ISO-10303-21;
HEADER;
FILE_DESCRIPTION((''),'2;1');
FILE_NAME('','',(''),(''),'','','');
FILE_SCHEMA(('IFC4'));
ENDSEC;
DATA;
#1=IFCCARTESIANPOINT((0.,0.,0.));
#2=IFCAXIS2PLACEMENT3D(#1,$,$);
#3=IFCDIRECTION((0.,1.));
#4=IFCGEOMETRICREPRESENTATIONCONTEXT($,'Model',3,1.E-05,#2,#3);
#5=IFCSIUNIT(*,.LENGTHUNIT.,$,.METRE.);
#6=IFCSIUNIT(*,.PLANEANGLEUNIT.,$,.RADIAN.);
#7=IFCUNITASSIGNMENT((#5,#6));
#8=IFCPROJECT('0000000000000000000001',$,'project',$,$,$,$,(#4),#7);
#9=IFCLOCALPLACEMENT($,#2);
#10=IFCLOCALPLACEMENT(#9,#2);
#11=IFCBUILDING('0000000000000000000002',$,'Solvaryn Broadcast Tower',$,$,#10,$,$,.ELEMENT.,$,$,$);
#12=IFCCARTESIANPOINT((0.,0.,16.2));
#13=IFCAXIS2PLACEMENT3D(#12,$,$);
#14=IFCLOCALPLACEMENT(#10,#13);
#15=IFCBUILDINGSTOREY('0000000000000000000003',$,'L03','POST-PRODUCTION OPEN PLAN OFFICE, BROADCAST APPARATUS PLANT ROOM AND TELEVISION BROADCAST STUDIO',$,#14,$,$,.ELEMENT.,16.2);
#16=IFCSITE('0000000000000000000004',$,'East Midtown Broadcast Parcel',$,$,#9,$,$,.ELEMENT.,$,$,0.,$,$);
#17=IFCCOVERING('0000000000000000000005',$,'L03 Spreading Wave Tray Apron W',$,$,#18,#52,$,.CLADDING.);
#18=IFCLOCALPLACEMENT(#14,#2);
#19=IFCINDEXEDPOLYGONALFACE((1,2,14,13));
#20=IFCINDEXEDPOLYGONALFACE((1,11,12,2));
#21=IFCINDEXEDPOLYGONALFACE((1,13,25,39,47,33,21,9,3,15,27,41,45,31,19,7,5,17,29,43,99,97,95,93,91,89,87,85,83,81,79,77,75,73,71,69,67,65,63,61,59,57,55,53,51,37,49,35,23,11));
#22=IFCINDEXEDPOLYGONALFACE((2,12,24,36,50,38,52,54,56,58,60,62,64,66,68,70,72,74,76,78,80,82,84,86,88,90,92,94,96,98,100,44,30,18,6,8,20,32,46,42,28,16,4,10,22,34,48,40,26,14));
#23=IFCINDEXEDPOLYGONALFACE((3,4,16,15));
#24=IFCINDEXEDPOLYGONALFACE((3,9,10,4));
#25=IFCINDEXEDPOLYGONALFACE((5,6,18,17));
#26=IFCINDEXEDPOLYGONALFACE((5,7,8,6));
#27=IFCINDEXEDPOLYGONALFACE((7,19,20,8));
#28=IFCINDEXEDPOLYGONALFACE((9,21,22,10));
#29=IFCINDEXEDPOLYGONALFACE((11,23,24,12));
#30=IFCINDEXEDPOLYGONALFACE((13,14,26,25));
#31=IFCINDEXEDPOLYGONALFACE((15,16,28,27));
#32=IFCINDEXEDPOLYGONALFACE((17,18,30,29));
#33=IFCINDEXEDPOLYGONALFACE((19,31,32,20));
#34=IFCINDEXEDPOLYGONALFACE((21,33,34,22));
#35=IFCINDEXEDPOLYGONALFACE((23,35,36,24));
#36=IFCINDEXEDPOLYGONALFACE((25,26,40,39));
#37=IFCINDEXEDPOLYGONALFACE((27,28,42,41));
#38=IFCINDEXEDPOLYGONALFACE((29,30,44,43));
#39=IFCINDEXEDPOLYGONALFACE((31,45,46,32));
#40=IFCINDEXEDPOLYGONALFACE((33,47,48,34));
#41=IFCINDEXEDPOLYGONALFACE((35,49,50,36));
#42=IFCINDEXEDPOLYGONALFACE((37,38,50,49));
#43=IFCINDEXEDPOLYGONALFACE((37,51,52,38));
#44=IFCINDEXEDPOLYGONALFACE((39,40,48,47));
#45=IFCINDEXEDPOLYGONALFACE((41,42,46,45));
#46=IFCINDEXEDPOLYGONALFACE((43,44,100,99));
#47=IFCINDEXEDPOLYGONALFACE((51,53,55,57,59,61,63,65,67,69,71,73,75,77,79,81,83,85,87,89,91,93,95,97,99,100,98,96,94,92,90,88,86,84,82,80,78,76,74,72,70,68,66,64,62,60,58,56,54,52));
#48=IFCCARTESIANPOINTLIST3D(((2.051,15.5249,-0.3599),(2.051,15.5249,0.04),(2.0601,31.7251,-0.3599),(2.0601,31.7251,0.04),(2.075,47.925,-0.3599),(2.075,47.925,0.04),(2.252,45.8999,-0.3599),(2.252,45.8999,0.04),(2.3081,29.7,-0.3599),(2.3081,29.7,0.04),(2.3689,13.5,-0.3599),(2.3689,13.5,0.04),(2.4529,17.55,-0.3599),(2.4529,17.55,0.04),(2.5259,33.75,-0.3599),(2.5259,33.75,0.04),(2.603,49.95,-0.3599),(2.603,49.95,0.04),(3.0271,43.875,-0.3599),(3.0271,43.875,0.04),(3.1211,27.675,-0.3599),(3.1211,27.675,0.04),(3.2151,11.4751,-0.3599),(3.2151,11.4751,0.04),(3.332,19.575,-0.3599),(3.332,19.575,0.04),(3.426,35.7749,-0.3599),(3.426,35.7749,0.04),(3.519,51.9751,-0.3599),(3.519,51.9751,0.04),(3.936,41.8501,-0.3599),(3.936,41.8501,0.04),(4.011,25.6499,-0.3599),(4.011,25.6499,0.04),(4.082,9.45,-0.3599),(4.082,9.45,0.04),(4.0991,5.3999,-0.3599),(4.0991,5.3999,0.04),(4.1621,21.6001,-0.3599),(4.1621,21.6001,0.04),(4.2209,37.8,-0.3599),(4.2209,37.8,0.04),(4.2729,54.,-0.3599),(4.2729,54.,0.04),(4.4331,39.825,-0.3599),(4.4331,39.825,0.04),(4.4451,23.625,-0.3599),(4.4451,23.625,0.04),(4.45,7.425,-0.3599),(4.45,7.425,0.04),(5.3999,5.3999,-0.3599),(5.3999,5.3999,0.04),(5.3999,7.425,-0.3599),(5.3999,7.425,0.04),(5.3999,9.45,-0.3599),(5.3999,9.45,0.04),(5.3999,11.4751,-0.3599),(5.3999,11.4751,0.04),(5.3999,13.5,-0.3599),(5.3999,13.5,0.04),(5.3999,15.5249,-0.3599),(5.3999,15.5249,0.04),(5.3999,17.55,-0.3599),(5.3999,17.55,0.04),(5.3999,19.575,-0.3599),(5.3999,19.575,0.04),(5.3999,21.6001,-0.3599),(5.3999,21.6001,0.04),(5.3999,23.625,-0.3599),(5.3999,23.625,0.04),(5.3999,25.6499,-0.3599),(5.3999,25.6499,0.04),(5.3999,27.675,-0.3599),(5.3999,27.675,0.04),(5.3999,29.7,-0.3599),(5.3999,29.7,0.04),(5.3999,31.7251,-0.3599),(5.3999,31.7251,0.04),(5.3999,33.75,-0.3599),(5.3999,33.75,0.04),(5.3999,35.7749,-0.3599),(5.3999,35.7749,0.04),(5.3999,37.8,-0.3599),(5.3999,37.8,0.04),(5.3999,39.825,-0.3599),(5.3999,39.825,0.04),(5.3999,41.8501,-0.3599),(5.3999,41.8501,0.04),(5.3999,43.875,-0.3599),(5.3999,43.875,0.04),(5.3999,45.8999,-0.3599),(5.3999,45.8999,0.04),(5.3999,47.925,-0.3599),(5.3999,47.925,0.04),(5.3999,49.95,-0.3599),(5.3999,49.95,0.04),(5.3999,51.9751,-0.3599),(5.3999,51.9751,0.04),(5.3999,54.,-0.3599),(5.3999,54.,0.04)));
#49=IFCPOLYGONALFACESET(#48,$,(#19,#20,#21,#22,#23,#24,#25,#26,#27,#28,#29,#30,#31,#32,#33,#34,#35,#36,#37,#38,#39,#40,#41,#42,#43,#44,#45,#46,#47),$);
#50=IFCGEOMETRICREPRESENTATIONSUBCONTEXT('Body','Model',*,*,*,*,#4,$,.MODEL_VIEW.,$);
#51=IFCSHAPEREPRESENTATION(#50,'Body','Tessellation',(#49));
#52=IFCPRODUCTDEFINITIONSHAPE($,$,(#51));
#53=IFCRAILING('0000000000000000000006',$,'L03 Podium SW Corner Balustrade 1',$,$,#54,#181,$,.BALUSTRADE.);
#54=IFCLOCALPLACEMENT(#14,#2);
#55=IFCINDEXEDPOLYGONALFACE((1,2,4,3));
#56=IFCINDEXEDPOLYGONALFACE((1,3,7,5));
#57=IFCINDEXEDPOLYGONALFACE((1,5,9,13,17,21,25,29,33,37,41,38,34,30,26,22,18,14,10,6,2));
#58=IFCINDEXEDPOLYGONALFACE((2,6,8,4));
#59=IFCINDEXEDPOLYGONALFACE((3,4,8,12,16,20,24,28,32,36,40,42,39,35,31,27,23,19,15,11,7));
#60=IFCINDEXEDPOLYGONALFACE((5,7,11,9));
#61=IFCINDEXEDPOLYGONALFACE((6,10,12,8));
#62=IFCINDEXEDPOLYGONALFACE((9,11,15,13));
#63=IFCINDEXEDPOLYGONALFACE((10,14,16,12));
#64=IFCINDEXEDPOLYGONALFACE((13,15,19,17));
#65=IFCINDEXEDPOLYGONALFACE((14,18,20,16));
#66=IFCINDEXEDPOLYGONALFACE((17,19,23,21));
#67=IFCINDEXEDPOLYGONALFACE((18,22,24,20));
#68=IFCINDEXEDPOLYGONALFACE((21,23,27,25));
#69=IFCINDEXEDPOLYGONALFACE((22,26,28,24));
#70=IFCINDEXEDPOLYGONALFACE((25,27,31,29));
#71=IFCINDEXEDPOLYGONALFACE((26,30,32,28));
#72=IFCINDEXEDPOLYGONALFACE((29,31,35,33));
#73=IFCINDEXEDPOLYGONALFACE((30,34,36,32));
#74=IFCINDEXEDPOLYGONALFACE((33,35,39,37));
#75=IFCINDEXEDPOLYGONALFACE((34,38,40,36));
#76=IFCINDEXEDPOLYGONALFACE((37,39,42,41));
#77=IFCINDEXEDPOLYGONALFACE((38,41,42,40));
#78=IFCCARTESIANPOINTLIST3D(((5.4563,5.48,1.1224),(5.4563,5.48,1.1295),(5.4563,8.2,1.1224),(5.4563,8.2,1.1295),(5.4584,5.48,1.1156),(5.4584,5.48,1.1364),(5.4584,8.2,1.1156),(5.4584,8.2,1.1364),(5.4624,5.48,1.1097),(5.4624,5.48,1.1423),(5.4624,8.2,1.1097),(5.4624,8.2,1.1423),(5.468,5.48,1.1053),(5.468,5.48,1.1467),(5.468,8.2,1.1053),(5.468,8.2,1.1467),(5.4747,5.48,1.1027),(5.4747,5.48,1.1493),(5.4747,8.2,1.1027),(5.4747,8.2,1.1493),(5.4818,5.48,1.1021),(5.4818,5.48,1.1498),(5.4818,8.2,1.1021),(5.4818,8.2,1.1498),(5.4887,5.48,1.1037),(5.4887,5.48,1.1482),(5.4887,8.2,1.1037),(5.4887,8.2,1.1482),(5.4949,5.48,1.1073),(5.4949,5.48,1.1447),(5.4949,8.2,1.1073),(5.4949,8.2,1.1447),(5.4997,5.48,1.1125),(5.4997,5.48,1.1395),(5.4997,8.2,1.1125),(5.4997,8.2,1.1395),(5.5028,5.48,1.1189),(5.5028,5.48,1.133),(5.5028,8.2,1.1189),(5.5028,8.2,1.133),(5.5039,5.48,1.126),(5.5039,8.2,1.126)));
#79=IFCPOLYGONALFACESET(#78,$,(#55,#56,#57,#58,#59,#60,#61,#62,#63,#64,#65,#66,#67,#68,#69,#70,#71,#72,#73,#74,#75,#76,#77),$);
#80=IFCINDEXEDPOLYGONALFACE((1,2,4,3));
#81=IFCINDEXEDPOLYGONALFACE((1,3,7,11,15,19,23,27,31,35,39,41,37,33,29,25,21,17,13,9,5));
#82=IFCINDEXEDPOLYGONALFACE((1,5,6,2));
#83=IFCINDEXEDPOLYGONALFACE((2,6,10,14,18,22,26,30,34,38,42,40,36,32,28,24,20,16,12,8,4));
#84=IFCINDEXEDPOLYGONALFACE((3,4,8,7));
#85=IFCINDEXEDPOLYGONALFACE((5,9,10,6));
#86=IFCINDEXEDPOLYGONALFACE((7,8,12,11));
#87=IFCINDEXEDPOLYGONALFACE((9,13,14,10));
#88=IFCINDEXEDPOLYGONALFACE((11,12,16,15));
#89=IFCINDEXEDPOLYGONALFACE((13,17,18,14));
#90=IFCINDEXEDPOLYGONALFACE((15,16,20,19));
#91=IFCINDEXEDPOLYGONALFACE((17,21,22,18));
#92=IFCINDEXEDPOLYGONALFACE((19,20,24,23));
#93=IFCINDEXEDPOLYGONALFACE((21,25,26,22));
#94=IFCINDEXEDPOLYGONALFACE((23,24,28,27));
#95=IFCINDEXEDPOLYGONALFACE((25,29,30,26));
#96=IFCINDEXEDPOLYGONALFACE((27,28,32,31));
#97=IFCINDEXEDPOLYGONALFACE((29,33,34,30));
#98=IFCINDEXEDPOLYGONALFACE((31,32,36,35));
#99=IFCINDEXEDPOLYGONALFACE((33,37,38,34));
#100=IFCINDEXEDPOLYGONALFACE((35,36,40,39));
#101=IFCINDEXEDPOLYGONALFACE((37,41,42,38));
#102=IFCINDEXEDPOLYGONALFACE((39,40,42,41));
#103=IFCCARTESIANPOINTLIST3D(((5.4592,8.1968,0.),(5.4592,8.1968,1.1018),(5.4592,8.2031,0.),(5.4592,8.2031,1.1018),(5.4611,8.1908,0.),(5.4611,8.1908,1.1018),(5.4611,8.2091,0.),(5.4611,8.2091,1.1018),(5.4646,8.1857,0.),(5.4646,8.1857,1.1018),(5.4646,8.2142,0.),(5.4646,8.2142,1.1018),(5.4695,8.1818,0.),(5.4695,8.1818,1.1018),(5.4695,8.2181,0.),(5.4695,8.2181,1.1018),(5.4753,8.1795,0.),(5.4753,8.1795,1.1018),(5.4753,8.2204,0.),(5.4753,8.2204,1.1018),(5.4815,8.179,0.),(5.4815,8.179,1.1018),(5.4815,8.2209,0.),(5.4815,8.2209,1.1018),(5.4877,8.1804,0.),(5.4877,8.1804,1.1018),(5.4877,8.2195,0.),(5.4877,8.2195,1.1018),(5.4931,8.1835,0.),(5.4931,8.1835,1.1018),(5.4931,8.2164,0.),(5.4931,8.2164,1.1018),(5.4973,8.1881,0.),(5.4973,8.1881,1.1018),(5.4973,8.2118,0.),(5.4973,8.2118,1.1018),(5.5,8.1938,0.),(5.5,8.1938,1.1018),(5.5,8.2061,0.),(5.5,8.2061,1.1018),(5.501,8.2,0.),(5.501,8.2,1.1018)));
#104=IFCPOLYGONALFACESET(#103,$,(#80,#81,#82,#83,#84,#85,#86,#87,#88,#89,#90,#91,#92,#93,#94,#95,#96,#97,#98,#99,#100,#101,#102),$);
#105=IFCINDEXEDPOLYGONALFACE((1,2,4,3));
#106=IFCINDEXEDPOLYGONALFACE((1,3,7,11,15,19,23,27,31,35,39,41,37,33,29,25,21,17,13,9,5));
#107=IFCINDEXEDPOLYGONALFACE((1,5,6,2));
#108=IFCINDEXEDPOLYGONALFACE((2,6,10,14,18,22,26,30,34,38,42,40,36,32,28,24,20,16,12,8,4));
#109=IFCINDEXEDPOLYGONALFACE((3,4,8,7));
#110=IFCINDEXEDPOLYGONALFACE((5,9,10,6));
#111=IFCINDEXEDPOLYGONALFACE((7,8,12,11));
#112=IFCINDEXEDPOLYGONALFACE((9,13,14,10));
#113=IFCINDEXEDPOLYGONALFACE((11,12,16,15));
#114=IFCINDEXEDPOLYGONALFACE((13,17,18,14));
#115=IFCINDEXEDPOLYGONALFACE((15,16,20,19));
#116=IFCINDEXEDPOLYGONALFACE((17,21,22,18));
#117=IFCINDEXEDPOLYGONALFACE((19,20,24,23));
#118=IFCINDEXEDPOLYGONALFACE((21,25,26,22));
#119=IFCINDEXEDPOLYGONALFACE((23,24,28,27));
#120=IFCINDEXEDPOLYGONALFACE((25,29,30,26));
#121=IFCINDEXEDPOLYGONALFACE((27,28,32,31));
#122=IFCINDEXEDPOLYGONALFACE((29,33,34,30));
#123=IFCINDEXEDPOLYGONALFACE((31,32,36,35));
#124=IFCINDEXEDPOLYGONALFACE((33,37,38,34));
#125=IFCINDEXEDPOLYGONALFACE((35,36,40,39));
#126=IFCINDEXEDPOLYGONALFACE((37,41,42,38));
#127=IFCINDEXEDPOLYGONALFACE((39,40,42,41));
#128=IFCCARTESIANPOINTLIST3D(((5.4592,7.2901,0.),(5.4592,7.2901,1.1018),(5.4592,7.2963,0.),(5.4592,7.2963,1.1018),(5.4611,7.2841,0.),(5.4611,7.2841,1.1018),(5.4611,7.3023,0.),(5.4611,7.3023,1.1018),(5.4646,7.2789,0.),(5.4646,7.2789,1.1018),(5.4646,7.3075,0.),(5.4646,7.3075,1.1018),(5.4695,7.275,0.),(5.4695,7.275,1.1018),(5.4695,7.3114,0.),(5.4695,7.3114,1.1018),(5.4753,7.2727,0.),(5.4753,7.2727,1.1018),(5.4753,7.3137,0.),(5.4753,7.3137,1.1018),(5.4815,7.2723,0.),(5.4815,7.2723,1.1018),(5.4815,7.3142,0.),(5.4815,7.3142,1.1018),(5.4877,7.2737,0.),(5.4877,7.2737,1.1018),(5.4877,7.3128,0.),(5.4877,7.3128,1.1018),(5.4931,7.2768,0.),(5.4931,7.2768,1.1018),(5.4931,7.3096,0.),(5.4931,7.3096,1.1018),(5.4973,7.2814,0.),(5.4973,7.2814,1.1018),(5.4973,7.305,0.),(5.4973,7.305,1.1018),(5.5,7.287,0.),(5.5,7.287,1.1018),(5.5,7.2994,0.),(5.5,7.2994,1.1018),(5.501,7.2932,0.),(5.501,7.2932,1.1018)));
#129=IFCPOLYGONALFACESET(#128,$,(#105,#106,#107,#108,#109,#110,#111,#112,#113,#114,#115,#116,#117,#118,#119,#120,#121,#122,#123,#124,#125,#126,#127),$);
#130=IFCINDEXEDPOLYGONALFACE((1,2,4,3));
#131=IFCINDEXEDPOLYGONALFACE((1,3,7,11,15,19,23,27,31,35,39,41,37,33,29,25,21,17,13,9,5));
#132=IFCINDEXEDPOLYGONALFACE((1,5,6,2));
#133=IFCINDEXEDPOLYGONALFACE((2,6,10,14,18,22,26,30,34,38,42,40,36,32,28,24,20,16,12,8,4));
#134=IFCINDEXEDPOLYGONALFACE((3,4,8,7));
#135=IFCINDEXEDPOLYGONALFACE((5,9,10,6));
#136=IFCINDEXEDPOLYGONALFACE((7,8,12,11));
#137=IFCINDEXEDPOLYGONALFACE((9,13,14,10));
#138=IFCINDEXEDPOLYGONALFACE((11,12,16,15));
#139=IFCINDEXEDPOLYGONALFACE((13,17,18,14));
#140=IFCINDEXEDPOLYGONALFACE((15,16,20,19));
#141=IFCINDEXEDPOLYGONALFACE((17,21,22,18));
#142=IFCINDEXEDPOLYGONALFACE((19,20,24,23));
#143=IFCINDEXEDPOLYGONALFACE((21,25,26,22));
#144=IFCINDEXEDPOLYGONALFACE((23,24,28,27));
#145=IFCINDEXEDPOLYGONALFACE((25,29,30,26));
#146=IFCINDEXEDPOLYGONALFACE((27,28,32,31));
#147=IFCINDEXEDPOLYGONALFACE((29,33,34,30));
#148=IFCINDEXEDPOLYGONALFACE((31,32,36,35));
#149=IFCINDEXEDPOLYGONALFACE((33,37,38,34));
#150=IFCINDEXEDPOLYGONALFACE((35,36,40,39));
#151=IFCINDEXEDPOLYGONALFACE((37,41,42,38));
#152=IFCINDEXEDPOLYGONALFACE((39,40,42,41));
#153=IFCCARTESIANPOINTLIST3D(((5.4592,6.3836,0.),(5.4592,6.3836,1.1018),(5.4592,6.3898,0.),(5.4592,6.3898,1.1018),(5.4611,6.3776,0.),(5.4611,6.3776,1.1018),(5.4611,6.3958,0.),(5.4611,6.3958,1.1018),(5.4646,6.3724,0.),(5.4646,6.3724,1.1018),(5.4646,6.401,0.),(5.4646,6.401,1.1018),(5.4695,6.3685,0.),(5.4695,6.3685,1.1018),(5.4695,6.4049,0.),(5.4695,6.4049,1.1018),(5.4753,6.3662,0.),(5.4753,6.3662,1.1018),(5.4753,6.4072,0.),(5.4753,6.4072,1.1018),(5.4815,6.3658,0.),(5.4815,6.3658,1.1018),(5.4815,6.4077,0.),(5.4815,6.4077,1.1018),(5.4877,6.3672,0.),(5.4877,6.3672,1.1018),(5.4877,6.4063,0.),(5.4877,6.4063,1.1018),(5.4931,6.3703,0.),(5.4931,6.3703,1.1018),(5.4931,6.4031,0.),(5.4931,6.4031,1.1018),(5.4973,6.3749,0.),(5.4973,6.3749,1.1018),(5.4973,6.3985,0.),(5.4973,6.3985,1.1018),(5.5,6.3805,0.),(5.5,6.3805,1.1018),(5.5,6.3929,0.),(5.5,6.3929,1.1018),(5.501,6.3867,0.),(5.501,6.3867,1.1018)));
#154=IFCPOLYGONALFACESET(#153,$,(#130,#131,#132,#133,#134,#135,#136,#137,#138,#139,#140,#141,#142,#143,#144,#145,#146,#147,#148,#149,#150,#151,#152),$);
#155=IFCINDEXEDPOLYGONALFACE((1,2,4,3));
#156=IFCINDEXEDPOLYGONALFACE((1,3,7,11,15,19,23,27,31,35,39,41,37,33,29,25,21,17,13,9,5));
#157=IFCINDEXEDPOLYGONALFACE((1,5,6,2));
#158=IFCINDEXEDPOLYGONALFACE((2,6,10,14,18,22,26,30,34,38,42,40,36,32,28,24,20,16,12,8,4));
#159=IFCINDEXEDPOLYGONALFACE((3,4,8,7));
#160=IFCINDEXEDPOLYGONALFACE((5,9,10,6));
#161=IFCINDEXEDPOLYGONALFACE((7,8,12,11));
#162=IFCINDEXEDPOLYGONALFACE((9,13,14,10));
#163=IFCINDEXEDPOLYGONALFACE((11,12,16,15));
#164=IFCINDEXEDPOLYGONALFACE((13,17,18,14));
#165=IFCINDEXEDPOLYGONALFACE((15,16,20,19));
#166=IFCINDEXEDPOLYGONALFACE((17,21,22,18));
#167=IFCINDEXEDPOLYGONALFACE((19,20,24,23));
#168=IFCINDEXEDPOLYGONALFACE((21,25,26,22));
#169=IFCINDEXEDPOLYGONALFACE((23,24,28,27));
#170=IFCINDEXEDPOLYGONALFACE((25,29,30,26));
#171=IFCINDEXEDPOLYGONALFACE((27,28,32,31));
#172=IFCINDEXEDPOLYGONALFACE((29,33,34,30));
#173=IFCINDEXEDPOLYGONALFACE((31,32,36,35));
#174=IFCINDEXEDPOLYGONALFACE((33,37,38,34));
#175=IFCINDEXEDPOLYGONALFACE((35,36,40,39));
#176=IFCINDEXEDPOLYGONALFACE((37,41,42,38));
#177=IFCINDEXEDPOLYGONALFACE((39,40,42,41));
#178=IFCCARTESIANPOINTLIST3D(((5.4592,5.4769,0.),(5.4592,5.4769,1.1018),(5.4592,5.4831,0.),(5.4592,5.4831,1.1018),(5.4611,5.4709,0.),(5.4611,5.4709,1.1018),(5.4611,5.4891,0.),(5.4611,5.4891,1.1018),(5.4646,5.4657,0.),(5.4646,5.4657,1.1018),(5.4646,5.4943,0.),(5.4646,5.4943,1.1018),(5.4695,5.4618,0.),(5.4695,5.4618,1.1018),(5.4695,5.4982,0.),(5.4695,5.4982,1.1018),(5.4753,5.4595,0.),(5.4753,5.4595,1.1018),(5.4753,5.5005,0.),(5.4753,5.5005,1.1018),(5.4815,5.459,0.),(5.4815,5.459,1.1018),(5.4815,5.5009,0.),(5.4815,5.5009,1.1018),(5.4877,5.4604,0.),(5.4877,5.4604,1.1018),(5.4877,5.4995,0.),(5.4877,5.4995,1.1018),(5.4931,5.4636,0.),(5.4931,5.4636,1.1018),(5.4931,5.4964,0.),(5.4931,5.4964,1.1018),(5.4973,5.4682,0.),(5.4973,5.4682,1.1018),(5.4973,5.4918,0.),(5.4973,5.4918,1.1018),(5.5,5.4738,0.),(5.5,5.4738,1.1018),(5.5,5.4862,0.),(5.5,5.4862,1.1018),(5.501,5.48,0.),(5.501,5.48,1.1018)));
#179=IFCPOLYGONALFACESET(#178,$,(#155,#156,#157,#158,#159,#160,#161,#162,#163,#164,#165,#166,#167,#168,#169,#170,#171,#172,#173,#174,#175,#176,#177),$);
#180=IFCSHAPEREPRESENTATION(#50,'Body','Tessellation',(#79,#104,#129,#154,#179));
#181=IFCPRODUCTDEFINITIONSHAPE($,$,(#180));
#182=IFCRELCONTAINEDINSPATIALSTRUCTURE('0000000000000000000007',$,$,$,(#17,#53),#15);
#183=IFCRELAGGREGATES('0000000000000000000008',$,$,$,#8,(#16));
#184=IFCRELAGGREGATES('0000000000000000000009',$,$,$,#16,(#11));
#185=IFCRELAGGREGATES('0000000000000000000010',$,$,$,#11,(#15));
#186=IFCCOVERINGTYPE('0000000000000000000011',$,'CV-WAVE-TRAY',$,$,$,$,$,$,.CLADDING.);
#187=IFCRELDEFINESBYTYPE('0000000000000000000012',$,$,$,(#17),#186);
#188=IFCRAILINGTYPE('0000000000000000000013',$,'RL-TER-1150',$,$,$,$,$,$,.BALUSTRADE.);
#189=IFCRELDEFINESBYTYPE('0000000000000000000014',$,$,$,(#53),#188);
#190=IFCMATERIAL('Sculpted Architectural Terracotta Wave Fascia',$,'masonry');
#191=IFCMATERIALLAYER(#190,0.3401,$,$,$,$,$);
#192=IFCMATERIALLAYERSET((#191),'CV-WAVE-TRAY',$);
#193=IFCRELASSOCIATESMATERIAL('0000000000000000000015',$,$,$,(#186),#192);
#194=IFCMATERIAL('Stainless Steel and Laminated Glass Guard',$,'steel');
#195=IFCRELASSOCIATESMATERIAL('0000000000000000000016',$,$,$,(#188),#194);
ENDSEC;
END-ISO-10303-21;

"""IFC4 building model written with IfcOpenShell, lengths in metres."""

from ifc_helpers import new_model, si_unit, direction, frame, origin, origin_2d, place, context, subcontext, project, spatial, polyline, circle, outline, extrude, material, layer, layer_set, type_object, element, save


model = new_model("IFC4")

# Units and contexts
model_context = context("Model", 3, precision=1e-05, world=origin(), true_north=direction((0.0, 1.0)))
body_context = subcontext(model_context, "Body", "Model", "MODEL_VIEW")
ifc_project = project(units=[si_unit("LENGTHUNIT", "METRE"), si_unit("PLANEANGLEUNIT", "RADIAN")], contexts=[model_context])

# Site, building, storey
site_placement = place(None, origin())
site = spatial("IfcSite", under=ifc_project, at=site_placement, Name="East Midtown Broadcast Parcel", CompositionType="ELEMENT", RefElevation=0.0)
building_placement = place(site_placement, origin())
building = spatial("IfcBuilding", under=site, at=building_placement, Name="Solvaryn Broadcast Tower", CompositionType="ELEMENT")
storey_placement = place(building_placement, frame((0.0, 0.0, 16.2)))
storey = spatial("IfcBuildingStorey", under=building, at=storey_placement, Name="L03", Description="POST-PRODUCTION OPEN PLAN OFFICE, BROADCAST APPARATUS PLANT ROOM AND TELEVISION BROADCAST STUDIO", CompositionType="ELEMENT", Elevation=16.2)

# Covering
ifc_material_1 = material(Name="Sculpted Architectural Terracotta Wave Fascia", Category="masonry")
ifc_layer_1 = layer(ifc_material_1, 0.3401)
ifc_layer_set_1 = layer_set([ifc_layer_1], Name="CV-WAVE-TRAY")
covering_type_1 = type_object("IfcCoveringType", Name="CV-WAVE-TRAY", PredefinedType="CLADDING", material=ifc_layer_set_1)
covering_1_placement = place(storey_placement, frame((0.0, 0.0, -0.3599)))
element("IfcCovering", 1, at=covering_1_placement, inside=storey, type_object=covering_type_1, Name="L03 Spreading Wave Tray Apron W", PredefinedType="CLADDING", context=body_context, shape_type="SweptSolid", body=[
    extrude(outline(polyline([(5.3999, 5.3999), (5.3999, 7.425), (5.3999, 9.45), (5.3999, 11.4751), (5.3999, 13.5), (5.3999, 15.5249), (5.3999, 17.55), (5.3999, 19.575), (5.3999, 21.6001), (5.3999, 23.625), (5.3999, 25.6499), (5.3999, 27.675), (5.3999, 29.7), (5.3999, 31.7251), (5.3999, 33.75), (5.3999, 35.7749), (5.3999, 37.8), (5.3999, 39.825), (5.3999, 41.8501), (5.3999, 43.875), (5.3999, 45.8999), (5.3999, 47.925), (5.3999, 49.95), (5.3999, 51.9751), (5.3999, 54.0), (4.2729, 54.0), (3.519, 51.9751), (2.603, 49.95), (2.075, 47.925), (2.252, 45.8999), (3.0271, 43.875), (3.936, 41.8501), (4.4331, 39.825), (4.2209, 37.8), (3.426, 35.7749), (2.5259, 33.75), (2.0601, 31.7251), (2.3081, 29.7), (3.1211, 27.675), (4.011, 25.6499), (4.4451, 23.625), (4.1621, 21.6001), (3.332, 19.575), (2.4529, 17.55), (2.051, 15.5249), (2.3689, 13.5), (3.2151, 11.4751), (4.082, 9.45), (4.45, 7.425), (4.0991, 5.3999), (5.3999, 5.3999)])), origin(), (0.0, 0.0, 1.0), 0.3999),
])

# Railing
ifc_material_2 = material(Name="Stainless Steel and Laminated Glass Guard", Category="steel")
railing_type = type_object("IfcRailingType", Name="RL-TER-1150", PredefinedType="BALUSTRADE", material=ifc_material_2)
railing_1_placement = place(storey_placement, frame((5.48, 8.2, 0.0)))
element("IfcRailing", 2, at=railing_1_placement, inside=storey, type_object=railing_type, Name="L03 Podium SW Corner Balustrade 1", PredefinedType="BALUSTRADE", context=body_context, shape_type="SweptSolid", body=[
    extrude(circle(Radius=0.0239, at=origin_2d()), frame((0.0, 0.0, 1.126), z_axis=(0.0, -1.0, 0.0), x_axis=(1.0, 0.0, 0.0)), (0.0, 0.0, 1.0), 2.72),
    extrude(circle(Radius=0.021, at=origin_2d()), origin(), (0.0, 0.0, 1.0), 1.1018),
    extrude(circle(Radius=0.021, at=origin_2d()), frame((0.0, -0.9067, 0.0)), (0.0, 0.0, 1.0), 1.1018),
    extrude(circle(Radius=0.021, at=origin_2d()), frame((0.0, -1.8132, 0.0)), (0.0, 0.0, 1.0), 1.1018),
    extrude(circle(Radius=0.021, at=origin_2d()), frame((0.0, -2.72, 0.0)), (0.0, 0.0, 1.0), 1.1018),
])

save(model, "model.ifc")
